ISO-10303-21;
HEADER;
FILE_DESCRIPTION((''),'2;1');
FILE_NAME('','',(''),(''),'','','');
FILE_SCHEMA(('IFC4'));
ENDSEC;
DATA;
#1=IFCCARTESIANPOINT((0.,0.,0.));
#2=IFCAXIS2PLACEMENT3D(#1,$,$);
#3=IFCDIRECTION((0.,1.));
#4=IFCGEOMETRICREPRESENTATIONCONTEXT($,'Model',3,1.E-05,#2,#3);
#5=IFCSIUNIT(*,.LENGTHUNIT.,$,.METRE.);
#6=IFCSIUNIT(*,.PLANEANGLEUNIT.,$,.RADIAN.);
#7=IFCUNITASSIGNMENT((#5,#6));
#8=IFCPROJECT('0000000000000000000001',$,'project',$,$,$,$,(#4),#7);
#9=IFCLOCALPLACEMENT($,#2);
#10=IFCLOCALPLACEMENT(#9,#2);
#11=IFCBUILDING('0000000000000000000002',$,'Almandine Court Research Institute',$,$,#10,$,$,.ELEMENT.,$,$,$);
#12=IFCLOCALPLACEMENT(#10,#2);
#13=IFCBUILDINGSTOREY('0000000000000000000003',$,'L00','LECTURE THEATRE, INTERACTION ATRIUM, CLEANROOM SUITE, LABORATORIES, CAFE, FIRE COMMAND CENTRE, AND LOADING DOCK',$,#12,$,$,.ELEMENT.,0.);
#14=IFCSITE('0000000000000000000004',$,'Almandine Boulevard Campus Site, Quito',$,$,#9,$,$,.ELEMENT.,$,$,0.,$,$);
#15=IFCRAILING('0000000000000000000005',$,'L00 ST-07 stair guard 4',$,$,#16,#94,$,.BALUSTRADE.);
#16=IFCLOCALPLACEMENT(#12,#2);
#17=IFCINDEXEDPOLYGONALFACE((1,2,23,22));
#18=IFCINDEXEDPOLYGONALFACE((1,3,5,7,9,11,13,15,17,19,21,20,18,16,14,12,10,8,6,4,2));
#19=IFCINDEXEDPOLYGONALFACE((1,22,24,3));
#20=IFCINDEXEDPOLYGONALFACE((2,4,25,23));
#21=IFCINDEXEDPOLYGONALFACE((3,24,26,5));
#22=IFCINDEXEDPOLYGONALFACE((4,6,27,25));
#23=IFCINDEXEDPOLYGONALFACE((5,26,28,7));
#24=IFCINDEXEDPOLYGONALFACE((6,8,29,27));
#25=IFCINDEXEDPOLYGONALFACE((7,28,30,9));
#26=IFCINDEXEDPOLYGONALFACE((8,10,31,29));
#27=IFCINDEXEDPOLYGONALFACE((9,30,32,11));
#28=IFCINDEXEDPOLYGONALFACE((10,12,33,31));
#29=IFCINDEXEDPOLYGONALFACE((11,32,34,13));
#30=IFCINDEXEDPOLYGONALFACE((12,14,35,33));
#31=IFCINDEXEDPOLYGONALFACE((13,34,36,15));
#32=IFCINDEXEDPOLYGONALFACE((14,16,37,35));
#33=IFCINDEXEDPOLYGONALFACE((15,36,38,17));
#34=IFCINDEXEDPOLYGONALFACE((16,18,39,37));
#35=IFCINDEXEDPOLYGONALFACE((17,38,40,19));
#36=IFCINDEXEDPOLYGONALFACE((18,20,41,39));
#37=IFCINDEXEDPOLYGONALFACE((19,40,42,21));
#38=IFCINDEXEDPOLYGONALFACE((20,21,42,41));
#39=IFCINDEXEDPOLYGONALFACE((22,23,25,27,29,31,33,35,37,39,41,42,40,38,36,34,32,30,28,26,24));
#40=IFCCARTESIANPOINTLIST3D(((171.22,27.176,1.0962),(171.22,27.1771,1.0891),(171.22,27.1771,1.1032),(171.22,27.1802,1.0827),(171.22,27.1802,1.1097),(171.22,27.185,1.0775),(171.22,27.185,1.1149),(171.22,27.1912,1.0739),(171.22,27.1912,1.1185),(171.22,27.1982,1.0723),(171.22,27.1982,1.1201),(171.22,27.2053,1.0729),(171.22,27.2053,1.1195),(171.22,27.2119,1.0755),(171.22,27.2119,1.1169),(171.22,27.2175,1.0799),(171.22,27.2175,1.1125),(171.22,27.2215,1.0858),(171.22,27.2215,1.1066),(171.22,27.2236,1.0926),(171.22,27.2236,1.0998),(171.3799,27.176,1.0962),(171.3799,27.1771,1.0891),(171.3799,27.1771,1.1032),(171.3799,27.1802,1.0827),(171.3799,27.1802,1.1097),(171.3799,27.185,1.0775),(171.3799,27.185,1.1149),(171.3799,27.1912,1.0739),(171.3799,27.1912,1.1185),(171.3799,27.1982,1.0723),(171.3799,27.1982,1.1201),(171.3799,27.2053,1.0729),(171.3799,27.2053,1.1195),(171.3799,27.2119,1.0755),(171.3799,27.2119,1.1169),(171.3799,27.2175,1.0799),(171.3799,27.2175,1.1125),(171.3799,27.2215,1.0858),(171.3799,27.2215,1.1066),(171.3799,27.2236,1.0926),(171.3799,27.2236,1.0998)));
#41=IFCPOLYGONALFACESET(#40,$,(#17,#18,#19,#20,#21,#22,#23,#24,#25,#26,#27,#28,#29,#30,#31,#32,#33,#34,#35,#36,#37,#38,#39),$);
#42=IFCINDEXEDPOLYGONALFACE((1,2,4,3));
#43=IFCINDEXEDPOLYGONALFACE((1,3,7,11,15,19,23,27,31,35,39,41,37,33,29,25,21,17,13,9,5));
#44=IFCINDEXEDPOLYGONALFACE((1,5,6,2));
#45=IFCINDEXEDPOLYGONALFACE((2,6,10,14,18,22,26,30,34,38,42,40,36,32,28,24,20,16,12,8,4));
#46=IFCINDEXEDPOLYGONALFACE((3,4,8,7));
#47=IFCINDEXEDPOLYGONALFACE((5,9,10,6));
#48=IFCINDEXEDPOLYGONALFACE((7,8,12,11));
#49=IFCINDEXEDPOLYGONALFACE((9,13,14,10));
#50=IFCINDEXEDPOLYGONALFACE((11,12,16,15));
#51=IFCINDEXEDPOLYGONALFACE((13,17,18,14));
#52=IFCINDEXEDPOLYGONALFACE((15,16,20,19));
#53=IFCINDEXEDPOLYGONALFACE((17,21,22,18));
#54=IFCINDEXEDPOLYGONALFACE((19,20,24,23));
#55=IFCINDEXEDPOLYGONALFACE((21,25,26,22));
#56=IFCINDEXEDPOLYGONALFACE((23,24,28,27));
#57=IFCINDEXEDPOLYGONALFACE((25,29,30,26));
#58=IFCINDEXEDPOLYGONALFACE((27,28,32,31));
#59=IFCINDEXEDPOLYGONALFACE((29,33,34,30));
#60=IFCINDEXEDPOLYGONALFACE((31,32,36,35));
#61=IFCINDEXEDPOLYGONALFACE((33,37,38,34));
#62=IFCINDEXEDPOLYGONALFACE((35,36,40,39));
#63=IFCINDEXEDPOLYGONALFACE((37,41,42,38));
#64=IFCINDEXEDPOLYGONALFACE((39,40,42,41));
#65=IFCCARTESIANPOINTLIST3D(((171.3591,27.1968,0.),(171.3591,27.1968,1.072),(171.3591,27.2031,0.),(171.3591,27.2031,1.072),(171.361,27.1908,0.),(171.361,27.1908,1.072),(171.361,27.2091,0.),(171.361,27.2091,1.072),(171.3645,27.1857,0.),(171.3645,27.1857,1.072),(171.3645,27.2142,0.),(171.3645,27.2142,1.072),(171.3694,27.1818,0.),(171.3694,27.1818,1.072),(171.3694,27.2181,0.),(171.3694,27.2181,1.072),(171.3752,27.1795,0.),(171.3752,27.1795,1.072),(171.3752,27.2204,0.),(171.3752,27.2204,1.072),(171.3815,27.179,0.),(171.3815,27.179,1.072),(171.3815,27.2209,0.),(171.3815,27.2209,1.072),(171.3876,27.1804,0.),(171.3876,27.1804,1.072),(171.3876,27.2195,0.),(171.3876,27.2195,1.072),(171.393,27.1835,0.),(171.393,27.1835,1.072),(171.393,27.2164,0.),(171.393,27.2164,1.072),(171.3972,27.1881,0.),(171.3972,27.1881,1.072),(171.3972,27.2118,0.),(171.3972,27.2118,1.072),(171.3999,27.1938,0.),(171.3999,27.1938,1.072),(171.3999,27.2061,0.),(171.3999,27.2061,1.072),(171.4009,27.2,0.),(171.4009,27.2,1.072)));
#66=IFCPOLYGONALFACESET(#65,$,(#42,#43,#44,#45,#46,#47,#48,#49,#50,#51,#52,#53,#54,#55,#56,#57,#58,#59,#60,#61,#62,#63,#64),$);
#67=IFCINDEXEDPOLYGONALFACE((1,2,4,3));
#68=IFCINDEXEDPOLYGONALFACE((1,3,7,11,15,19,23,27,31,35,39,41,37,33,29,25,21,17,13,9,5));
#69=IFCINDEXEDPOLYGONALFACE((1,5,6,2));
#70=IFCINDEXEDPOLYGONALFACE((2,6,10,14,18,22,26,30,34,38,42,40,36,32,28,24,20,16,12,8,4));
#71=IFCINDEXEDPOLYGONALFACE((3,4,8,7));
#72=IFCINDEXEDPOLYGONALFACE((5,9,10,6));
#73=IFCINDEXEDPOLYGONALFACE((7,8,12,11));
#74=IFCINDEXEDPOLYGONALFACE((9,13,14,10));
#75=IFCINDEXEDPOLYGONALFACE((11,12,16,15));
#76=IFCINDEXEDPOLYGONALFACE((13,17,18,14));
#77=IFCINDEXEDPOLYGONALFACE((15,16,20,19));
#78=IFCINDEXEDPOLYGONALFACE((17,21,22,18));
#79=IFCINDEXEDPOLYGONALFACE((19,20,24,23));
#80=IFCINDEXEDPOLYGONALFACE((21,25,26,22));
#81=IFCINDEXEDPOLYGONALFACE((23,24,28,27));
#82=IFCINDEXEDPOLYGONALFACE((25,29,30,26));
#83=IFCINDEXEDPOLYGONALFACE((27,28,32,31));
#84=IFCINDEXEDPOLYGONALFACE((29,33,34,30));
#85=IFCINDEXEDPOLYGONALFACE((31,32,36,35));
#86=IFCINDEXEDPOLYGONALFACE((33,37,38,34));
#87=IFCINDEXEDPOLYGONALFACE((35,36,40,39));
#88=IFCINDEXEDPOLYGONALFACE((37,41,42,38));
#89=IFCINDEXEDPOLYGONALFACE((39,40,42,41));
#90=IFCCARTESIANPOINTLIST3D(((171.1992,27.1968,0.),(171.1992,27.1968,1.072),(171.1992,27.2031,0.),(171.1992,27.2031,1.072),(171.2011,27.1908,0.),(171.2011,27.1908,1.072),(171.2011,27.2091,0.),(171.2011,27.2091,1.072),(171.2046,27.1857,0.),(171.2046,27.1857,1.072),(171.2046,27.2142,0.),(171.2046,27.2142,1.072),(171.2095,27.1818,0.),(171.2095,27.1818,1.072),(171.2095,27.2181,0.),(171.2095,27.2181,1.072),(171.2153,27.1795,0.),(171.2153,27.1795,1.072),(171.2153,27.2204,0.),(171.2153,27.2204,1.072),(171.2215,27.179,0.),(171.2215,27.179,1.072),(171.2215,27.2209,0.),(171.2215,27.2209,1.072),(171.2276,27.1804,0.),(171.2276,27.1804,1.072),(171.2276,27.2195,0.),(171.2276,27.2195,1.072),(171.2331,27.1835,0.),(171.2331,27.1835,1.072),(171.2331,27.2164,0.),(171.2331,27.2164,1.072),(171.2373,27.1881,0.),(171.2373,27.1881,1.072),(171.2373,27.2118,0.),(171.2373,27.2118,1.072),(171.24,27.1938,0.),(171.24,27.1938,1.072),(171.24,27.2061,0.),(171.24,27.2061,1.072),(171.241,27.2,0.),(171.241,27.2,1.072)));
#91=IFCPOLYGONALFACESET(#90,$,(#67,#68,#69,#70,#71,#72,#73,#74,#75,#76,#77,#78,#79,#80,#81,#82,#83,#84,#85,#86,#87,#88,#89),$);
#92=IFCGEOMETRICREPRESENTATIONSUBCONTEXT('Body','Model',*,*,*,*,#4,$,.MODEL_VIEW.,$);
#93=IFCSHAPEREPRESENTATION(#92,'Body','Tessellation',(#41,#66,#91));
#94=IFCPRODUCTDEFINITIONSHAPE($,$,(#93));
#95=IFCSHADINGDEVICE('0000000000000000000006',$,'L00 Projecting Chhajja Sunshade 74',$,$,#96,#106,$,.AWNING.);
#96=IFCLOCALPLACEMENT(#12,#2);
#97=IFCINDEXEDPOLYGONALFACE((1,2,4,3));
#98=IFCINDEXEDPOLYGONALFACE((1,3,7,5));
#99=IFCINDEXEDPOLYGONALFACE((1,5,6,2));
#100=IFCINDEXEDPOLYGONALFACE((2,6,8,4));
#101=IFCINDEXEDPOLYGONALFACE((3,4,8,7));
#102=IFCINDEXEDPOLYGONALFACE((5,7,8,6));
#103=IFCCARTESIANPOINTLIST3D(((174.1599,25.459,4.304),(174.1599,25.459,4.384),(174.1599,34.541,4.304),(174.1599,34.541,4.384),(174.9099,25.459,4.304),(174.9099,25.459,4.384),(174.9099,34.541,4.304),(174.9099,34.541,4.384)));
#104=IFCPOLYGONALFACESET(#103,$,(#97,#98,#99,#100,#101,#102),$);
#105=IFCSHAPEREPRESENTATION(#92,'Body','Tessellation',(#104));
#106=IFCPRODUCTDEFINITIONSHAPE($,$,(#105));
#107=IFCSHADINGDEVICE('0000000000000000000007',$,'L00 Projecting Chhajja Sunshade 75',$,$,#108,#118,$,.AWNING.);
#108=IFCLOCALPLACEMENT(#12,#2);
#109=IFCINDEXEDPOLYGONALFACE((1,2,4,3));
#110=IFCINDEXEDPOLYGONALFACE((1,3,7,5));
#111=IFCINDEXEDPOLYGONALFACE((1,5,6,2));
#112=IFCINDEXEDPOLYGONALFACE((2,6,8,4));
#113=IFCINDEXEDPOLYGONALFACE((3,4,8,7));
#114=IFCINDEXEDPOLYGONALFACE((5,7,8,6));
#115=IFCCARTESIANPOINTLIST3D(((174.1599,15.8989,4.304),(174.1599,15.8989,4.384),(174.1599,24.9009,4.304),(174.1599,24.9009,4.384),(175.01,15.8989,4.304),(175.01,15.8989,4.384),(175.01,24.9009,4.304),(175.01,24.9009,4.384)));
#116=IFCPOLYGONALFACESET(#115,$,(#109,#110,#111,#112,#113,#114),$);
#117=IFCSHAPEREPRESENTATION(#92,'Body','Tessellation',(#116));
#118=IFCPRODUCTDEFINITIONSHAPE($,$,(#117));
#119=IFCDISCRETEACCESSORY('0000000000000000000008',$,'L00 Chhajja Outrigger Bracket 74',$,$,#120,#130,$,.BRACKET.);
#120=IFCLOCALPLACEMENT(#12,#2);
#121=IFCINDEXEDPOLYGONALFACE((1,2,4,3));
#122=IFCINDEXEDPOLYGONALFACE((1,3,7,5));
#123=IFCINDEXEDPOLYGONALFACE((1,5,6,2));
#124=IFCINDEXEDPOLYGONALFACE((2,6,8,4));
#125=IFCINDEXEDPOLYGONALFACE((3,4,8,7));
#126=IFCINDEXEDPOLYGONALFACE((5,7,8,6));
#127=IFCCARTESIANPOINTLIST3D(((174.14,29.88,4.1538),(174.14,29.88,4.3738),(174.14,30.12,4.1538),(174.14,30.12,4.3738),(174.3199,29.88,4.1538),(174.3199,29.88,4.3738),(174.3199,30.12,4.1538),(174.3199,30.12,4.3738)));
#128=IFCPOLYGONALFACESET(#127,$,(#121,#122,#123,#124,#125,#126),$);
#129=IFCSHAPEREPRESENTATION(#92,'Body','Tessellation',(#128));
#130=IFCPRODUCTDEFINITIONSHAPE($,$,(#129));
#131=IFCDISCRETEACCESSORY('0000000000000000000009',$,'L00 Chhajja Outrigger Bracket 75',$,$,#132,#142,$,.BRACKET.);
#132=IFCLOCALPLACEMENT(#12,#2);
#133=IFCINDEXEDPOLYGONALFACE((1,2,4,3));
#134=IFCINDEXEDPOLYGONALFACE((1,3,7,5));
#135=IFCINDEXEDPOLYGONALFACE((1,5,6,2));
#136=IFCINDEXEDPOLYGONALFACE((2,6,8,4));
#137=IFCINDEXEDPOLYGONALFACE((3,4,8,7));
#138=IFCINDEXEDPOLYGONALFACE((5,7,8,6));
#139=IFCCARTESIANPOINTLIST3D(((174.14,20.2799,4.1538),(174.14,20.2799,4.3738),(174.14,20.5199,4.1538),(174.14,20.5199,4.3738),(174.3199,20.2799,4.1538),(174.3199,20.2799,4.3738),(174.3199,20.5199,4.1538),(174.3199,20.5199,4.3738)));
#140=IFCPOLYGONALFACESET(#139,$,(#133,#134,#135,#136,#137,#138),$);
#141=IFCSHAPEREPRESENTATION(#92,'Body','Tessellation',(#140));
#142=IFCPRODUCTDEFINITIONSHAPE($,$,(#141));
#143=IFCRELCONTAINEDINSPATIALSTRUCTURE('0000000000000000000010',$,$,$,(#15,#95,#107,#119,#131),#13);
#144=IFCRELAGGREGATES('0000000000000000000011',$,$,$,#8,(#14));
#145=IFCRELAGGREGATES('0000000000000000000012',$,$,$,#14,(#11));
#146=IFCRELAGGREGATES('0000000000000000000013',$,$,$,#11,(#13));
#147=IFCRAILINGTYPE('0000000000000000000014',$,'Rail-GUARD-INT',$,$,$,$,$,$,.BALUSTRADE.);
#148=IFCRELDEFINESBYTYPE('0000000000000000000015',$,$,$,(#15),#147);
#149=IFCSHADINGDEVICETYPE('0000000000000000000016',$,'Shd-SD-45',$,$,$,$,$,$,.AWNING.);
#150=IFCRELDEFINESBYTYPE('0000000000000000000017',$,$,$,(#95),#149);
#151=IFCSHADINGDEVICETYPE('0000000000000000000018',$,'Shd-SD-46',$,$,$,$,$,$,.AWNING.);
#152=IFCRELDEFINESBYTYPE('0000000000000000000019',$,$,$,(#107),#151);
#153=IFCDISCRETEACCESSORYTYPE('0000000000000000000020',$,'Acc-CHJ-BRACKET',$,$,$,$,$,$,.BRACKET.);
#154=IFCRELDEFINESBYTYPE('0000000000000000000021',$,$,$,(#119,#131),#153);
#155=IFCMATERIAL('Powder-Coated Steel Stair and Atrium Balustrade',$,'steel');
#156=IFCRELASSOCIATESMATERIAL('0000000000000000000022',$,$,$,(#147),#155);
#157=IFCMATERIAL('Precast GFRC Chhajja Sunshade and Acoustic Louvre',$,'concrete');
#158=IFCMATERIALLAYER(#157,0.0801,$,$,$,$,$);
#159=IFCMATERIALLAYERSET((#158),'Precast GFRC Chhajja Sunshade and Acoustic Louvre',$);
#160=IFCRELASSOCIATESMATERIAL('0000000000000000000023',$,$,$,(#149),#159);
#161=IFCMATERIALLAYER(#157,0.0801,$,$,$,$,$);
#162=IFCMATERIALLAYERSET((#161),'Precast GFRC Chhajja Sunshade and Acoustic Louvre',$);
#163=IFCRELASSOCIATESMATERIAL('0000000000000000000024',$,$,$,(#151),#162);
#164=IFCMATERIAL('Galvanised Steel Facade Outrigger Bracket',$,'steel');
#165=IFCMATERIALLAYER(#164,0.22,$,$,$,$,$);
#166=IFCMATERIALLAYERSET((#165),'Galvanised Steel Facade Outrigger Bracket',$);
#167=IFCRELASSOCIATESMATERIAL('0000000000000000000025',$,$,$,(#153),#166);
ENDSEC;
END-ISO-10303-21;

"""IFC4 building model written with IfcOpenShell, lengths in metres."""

from ifc_helpers import new_model, si_unit, direction, frame, origin, origin_2d, place, context, subcontext, project, spatial, rectangle, circle, extrude, material, layer, layer_set, type_object, element, save


model = new_model("IFC4")

# Units and contexts
model_context = context("Model", 3, precision=1e-05, world=origin(), true_north=direction((0.0, 1.0)))
body_context = subcontext(model_context, "Body", "Model", "MODEL_VIEW")
ifc_project = project(units=[si_unit("LENGTHUNIT", "METRE"), si_unit("PLANEANGLEUNIT", "RADIAN")], contexts=[model_context])

# Site, building, storey
site_placement = place(None, origin())
site = spatial("IfcSite", under=ifc_project, at=site_placement, Name="Almandine Boulevard Campus Site, Quito", CompositionType="ELEMENT", RefElevation=0.0)
building_placement = place(site_placement, origin())
building = spatial("IfcBuilding", under=site, at=building_placement, Name="Almandine Court Research Institute", CompositionType="ELEMENT")
storey_placement = place(building_placement, origin())
storey = spatial("IfcBuildingStorey", under=building, at=storey_placement, Name="L00", Description="LECTURE THEATRE, INTERACTION ATRIUM, CLEANROOM SUITE, LABORATORIES, CAFE, FIRE COMMAND CENTRE, AND LOADING DOCK", CompositionType="ELEMENT", Elevation=0.0)

# Railing
ifc_material_1 = material(Name="Powder-Coated Steel Stair and Atrium Balustrade", Category="steel")
railing_type_1 = type_object("IfcRailingType", Name="Rail-GUARD-INT", PredefinedType="BALUSTRADE", material=ifc_material_1)
railing_1_placement = place(storey_placement, frame((171.3799, 27.2, 0.0)))
element("IfcRailing", 1, at=railing_1_placement, inside=storey, type_object=railing_type_1, Name="L00 ST-07 stair guard 4", PredefinedType="BALUSTRADE", context=body_context, shape_type="SweptSolid", body=[
    extrude(circle(Radius=0.0239, at=origin_2d()), frame((0.0, 0.0, 1.0962), z_axis=(-1.0, 0.0, 0.0), x_axis=(0.0, -1.0, 0.0)), (0.0, 0.0, 1.0), 0.1599),
    extrude(circle(Radius=0.021, at=origin_2d()), origin(), (0.0, 0.0, 1.0), 1.072),
    extrude(circle(Radius=0.021, at=origin_2d()), frame((-0.1599, 0.0, 0.0)), (0.0, 0.0, 1.0), 1.072),
])

# Shading devices
ifc_material_2 = material(Name="Precast GFRC Chhajja Sunshade and Acoustic Louvre", Category="concrete")
ifc_layer_1 = layer(ifc_material_2, 0.0801)
ifc_layer_set_1 = layer_set([ifc_layer_1], Name="Precast GFRC Chhajja Sunshade and Acoustic Louvre")
shading_device_type_1 = type_object("IfcShadingDeviceType", Name="Shd-SD-45", PredefinedType="AWNING", material=ifc_layer_set_1)
shading_device_1_placement = place(storey_placement, frame((174.5349, 30.0, 4.304), z_axis=(0.0, 0.0, 1.0), x_axis=(0.0, -1.0, 0.0)))
element("IfcShadingDevice", 2, at=shading_device_1_placement, inside=storey, type_object=shading_device_type_1, Name="L00 Projecting Chhajja Sunshade 74", PredefinedType="AWNING", context=body_context, shape_type="SweptSolid", body=[
    extrude(rectangle(XDim=9.082, YDim=0.75, at=origin_2d()), origin(), (0.0, 0.0, 1.0), 0.0801),
])
ifc_layer_2 = layer(ifc_material_2, 0.0801)
ifc_layer_set_2 = layer_set([ifc_layer_2], Name="Precast GFRC Chhajja Sunshade and Acoustic Louvre")
shading_device_type_2 = type_object("IfcShadingDeviceType", Name="Shd-SD-46", PredefinedType="AWNING", material=ifc_layer_set_2)
shading_device_2_placement = place(storey_placement, frame((174.585, 20.3999, 4.304), z_axis=(0.0, 0.0, 1.0), x_axis=(0.0, -1.0, 0.0)))
element("IfcShadingDevice", 3, at=shading_device_2_placement, inside=storey, type_object=shading_device_type_2, Name="L00 Projecting Chhajja Sunshade 75", PredefinedType="AWNING", context=body_context, shape_type="SweptSolid", body=[
    extrude(rectangle(XDim=9.002, YDim=0.8501, at=origin_2d()), origin(), (0.0, 0.0, 1.0), 0.0801),
])

# Discrete accessories
ifc_material_3 = material(Name="Galvanised Steel Facade Outrigger Bracket", Category="steel")
ifc_layer_3 = layer(ifc_material_3, 0.22)
ifc_layer_set_3 = layer_set([ifc_layer_3], Name="Galvanised Steel Facade Outrigger Bracket")
discrete_accessory_type = type_object("IfcDiscreteAccessoryType", Name="Acc-CHJ-BRACKET", PredefinedType="BRACKET", material=ifc_layer_set_3)
for number, where, z_axis, x_axis, name in (
    (4, (174.23, 30.0, 4.1538), (0.0, 0.0, 1.0), (0.0, -1.0, 0.0), "L00 Chhajja Outrigger Bracket 74"),
    (5, (174.23, 20.3999, 4.1538), (0.0, 0.0, 1.0), (0.0, -1.0, 0.0), "L00 Chhajja Outrigger Bracket 75"),
):
    element("IfcDiscreteAccessory", number, at=place(storey_placement, frame(where, z_axis=z_axis, x_axis=x_axis)), inside=storey, type_object=discrete_accessory_type, Name=name, PredefinedType="BRACKET", context=body_context, shape_type="SweptSolid", body=[
        extrude(rectangle(XDim=0.24, YDim=0.1799, at=origin_2d()), origin(), (0.0, 0.0, 1.0), 0.22),
    ])

save(model, "model.ifc")
